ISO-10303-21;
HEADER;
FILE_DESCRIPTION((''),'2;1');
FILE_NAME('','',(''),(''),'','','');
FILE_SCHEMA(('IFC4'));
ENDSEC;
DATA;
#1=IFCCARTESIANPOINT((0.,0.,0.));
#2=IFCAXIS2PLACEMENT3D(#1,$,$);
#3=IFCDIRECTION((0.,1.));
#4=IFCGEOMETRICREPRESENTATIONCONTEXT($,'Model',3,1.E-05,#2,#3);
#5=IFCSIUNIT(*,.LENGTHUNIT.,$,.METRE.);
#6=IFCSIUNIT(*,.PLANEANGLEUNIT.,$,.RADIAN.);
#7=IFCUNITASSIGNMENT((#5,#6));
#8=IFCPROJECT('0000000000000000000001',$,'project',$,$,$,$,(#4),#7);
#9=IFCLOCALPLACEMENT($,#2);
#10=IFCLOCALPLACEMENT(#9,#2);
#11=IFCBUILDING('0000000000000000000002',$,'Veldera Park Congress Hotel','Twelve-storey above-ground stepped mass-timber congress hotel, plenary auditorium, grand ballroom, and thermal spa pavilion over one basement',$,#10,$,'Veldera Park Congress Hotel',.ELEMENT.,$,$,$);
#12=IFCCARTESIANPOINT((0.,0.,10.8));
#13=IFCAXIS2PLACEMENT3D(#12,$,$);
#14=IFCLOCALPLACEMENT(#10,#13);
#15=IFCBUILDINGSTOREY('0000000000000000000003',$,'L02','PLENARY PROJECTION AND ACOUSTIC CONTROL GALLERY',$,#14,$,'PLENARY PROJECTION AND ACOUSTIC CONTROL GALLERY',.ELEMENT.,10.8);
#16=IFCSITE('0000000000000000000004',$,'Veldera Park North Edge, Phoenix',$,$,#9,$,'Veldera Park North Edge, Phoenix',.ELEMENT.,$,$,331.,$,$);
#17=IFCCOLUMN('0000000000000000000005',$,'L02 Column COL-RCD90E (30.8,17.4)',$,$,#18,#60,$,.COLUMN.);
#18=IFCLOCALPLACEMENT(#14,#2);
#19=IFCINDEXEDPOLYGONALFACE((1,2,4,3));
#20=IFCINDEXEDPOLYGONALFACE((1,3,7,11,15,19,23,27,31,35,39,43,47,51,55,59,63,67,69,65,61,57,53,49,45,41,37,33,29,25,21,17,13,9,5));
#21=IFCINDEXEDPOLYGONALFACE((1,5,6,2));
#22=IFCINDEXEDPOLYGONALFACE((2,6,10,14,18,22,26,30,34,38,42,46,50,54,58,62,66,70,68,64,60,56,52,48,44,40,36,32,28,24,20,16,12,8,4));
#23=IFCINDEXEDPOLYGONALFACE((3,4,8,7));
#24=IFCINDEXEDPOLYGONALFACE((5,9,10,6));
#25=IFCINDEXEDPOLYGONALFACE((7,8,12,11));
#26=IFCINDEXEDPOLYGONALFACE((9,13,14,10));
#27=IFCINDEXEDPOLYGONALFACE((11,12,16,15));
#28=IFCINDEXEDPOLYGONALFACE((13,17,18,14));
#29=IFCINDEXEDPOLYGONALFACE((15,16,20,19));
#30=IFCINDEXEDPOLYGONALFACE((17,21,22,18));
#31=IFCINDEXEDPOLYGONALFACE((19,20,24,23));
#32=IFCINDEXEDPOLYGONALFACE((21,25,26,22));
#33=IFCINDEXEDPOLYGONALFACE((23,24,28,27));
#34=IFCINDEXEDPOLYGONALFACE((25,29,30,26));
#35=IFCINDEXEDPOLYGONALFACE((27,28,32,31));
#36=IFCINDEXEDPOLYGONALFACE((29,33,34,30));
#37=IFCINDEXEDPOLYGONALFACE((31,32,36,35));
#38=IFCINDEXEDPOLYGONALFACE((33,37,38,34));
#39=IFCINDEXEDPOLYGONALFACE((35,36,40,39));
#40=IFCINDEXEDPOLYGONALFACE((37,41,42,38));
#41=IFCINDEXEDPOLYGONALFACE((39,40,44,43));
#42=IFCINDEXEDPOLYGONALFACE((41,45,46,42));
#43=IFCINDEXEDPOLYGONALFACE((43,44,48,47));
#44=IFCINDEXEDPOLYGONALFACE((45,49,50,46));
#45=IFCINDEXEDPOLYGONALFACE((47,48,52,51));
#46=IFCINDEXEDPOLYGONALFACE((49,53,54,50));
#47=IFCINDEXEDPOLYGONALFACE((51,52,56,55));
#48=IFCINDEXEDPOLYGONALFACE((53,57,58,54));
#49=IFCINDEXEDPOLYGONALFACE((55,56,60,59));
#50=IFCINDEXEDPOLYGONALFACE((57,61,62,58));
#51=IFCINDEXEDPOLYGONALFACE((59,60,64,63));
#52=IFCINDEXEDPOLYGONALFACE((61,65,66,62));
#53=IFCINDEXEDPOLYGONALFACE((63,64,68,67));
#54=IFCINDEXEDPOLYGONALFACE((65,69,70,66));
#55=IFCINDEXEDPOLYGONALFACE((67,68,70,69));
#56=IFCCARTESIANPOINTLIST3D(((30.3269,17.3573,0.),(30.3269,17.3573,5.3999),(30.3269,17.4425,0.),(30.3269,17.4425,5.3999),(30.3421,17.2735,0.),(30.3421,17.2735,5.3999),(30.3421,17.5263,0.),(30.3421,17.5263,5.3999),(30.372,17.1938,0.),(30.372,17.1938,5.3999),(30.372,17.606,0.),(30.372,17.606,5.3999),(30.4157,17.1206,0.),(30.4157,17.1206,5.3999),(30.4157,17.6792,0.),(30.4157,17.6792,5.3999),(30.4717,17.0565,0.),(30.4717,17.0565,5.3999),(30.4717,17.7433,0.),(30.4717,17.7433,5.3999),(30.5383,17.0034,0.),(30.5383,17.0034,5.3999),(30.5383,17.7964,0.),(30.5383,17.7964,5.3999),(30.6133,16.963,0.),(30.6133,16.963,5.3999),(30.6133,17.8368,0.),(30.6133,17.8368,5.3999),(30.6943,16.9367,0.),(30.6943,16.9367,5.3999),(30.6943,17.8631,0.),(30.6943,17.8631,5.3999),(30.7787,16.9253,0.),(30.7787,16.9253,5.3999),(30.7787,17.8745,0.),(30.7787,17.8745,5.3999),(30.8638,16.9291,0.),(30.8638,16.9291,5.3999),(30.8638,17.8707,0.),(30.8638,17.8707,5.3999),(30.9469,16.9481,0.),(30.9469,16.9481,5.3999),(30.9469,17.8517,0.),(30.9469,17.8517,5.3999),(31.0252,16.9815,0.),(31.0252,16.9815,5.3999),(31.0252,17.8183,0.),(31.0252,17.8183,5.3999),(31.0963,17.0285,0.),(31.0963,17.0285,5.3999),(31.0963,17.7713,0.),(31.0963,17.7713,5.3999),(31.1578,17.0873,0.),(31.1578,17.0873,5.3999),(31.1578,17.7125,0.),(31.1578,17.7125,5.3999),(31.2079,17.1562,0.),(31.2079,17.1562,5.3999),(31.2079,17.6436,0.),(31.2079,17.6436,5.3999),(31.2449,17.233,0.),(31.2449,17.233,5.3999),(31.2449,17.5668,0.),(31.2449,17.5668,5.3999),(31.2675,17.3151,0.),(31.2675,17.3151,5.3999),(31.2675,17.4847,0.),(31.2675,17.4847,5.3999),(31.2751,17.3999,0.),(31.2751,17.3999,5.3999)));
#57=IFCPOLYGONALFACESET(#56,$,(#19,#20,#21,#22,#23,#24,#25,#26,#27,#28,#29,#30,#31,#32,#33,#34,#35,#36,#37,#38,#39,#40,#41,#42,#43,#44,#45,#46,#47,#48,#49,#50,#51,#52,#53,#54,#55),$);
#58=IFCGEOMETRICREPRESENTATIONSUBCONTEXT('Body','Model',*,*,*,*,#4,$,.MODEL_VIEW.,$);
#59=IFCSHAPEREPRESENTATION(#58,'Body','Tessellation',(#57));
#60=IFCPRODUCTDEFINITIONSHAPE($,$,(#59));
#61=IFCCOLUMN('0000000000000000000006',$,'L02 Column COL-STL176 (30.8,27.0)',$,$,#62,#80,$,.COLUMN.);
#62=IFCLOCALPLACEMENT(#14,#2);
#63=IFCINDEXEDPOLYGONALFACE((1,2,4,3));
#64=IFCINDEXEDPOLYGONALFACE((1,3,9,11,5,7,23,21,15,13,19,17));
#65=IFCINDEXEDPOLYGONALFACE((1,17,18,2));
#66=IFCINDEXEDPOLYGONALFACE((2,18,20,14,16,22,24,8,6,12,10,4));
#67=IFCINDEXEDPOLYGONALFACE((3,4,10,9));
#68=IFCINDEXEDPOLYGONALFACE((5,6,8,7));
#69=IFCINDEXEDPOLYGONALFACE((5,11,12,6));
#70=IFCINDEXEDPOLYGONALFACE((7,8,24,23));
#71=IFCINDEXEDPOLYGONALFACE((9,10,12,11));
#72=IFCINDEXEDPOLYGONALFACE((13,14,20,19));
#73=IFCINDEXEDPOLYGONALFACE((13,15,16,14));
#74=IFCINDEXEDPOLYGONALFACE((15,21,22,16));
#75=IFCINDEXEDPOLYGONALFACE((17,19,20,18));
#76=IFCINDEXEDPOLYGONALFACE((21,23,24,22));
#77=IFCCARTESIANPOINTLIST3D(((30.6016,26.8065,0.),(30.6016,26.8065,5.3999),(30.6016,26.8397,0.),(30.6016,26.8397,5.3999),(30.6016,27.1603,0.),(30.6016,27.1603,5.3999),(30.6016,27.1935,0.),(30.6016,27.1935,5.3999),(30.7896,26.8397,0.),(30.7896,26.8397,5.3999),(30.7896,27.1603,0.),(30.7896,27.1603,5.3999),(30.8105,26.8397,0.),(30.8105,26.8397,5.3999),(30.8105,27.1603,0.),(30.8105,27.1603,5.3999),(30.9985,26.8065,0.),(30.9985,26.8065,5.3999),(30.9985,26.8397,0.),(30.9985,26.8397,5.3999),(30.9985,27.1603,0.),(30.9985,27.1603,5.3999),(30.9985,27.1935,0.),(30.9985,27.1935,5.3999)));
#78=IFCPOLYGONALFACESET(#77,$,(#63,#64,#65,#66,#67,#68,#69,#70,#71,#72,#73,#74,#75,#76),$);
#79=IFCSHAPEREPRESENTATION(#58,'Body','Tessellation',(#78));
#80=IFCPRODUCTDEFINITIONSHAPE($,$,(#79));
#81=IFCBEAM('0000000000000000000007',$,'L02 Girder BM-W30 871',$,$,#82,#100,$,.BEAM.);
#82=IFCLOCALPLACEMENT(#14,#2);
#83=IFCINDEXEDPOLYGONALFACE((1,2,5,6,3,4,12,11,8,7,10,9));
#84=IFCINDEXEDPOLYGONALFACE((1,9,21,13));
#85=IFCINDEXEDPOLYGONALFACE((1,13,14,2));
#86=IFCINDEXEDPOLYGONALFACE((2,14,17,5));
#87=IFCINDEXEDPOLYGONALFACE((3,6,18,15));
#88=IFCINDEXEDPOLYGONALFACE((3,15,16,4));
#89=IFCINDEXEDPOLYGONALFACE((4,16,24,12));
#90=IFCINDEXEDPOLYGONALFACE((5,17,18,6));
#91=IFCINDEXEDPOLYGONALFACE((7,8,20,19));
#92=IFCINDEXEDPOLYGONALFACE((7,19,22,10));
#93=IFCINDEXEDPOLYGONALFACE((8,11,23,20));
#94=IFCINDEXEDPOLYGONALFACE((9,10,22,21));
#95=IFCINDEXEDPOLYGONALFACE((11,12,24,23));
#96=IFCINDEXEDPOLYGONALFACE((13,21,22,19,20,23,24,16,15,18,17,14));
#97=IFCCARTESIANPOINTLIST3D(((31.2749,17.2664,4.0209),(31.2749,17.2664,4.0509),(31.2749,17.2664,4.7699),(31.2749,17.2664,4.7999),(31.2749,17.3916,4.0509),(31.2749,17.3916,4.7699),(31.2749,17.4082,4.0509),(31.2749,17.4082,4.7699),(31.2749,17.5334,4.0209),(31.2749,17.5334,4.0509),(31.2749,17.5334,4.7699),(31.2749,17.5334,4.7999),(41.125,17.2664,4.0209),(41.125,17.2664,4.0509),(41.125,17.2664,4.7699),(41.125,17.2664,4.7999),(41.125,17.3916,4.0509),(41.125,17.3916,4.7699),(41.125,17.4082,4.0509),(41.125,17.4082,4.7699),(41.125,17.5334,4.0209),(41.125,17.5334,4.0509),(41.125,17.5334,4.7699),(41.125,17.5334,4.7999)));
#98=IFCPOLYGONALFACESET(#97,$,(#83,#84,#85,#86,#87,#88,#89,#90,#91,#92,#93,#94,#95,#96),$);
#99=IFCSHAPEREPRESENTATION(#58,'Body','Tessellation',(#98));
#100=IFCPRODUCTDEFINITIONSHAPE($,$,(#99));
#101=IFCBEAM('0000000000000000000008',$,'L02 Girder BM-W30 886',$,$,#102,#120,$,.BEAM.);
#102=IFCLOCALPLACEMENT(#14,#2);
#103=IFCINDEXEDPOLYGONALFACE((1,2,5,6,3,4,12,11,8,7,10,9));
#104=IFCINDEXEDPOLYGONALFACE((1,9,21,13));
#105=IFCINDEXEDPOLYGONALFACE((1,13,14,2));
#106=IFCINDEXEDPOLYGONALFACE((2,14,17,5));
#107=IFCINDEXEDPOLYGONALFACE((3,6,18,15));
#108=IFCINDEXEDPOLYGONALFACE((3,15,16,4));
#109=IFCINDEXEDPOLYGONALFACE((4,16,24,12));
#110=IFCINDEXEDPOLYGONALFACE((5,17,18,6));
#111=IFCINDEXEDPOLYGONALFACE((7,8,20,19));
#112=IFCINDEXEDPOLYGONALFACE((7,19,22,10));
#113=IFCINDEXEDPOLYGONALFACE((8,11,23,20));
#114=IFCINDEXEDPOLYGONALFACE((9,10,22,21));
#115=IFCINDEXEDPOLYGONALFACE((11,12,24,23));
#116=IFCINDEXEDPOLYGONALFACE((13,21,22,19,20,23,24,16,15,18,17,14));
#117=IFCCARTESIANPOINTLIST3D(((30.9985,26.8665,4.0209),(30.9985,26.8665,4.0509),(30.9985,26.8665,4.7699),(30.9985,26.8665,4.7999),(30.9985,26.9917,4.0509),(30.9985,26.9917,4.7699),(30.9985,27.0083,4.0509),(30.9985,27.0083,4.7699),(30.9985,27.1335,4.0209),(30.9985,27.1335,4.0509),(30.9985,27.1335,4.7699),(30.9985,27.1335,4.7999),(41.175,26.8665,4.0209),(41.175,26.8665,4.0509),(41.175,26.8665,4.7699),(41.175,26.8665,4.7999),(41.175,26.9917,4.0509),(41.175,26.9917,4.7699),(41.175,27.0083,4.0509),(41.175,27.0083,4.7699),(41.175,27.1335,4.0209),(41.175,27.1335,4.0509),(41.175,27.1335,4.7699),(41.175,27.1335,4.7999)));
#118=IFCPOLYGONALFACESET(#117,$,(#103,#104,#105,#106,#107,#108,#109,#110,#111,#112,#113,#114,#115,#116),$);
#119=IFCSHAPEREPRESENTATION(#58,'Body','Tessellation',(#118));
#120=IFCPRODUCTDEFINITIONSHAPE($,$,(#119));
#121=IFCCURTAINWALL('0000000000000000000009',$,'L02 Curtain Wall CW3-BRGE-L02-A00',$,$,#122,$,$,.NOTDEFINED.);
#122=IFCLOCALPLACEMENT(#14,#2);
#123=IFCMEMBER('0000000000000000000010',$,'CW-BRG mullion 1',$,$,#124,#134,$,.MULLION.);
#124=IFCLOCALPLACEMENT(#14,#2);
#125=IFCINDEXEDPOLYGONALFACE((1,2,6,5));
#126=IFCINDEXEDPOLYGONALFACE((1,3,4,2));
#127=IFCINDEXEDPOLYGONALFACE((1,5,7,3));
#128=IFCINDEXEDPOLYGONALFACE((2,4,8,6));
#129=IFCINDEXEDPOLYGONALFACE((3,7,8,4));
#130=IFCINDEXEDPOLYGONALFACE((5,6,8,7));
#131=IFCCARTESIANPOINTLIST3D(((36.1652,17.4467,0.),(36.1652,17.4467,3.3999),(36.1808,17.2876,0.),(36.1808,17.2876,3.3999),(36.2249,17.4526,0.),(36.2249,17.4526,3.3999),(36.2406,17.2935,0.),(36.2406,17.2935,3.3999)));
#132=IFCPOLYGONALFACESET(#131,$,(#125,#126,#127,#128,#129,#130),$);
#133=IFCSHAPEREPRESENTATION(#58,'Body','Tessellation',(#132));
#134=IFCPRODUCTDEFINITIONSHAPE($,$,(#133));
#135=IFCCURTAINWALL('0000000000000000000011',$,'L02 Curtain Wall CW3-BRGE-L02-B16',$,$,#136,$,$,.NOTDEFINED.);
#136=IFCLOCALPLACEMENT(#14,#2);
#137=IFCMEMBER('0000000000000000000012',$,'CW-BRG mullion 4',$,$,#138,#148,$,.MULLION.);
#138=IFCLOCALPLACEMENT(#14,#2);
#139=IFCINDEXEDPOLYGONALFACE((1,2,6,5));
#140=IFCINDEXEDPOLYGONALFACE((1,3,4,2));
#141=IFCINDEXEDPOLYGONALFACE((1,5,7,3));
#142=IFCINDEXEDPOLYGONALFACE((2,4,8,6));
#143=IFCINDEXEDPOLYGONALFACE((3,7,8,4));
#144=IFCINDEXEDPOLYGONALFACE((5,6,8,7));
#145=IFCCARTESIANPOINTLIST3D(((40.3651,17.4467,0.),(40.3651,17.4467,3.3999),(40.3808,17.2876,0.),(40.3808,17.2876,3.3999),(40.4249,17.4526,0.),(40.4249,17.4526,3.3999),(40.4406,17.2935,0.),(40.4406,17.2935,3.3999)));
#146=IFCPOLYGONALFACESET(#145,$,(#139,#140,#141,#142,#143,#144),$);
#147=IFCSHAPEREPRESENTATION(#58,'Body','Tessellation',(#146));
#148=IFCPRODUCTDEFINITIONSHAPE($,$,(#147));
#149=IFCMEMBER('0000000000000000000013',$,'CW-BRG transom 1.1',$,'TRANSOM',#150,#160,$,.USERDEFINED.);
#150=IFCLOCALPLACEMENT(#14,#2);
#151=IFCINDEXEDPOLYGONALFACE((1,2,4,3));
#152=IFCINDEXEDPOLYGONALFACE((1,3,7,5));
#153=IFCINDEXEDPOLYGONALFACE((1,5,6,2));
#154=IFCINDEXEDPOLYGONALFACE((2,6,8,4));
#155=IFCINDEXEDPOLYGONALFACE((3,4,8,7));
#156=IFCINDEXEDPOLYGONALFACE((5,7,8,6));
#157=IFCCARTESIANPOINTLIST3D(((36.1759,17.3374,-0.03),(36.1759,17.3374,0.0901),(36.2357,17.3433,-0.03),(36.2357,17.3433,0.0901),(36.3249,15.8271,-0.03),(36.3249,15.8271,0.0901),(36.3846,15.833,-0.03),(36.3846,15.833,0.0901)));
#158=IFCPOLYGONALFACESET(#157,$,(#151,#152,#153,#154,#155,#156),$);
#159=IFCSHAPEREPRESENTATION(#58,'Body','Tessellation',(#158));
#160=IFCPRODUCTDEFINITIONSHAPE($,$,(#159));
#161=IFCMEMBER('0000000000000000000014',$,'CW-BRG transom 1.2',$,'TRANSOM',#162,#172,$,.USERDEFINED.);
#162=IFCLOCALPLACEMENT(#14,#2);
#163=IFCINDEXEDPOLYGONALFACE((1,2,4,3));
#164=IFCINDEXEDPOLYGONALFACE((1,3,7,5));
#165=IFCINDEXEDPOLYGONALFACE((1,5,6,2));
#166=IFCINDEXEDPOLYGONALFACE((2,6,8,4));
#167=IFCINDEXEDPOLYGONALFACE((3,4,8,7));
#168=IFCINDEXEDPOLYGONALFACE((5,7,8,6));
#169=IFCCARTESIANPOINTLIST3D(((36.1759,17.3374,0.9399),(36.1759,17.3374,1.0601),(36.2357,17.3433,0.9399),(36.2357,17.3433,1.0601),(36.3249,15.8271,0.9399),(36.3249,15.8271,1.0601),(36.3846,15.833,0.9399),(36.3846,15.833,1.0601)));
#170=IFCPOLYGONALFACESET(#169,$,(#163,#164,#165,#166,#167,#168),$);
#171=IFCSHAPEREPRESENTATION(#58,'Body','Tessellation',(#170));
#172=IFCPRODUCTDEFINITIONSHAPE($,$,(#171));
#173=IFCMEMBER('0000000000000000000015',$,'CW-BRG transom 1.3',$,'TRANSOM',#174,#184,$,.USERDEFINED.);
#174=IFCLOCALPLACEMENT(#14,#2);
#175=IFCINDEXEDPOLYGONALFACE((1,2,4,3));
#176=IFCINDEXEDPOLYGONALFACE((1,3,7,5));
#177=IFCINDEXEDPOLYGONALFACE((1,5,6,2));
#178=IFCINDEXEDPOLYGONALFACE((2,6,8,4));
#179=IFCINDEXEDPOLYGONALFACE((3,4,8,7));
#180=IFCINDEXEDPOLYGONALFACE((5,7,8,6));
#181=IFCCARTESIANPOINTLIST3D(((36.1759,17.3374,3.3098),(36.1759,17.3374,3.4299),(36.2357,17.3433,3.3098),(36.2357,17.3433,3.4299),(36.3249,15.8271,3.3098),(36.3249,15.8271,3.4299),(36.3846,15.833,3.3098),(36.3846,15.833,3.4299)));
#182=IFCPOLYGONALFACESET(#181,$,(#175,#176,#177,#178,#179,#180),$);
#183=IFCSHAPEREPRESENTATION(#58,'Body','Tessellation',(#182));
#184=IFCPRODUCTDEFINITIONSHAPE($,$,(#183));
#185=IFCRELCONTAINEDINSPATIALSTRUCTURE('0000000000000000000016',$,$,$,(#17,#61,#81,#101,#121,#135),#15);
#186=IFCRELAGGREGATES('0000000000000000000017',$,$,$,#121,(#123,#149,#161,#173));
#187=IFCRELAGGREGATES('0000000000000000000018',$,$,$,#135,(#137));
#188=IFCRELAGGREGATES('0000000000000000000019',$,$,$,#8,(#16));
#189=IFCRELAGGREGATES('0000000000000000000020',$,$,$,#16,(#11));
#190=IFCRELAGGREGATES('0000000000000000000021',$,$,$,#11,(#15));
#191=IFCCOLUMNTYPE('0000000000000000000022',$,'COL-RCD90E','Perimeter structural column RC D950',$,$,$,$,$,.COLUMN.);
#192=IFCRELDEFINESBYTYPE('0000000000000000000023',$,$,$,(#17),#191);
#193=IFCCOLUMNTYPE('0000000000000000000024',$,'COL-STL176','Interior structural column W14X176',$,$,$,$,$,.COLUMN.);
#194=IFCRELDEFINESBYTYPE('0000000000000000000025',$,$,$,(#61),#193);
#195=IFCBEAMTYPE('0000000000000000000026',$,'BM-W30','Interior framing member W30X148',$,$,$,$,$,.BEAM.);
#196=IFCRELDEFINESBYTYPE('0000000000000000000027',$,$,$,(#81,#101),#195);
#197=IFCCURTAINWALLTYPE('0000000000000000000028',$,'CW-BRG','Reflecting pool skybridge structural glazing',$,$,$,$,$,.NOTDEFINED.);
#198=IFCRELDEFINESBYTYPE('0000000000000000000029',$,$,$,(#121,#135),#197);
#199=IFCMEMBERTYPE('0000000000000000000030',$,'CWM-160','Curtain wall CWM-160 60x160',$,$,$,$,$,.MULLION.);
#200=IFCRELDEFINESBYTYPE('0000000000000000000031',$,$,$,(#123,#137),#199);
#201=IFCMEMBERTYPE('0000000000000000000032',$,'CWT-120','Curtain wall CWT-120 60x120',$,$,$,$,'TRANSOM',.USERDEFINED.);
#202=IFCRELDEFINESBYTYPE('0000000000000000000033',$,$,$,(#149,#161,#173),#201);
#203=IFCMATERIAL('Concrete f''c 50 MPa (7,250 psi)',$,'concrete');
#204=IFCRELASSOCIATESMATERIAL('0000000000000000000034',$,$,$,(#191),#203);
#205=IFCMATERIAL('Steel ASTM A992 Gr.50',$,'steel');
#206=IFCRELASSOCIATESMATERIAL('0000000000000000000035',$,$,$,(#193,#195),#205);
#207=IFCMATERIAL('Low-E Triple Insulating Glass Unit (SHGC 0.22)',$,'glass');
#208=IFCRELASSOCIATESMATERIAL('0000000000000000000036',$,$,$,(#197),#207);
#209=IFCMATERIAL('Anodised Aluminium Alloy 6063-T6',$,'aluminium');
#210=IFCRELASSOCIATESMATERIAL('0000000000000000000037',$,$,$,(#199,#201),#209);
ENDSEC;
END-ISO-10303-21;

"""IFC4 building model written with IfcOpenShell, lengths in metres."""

from ifc_helpers import new_model, si_unit, direction, frame, origin, origin_2d, place, context, subcontext, project, spatial, rectangle, circle, i_section, extrude, material, material_profile, profile_set, type_object, element, aggregate, save


model = new_model("IFC4")

# Units and contexts
model_context = context("Model", 3, precision=1e-05, world=origin(), true_north=direction((0.0, 1.0)))
body_context = subcontext(model_context, "Body", "Model", "MODEL_VIEW")
ifc_project = project(units=[si_unit("LENGTHUNIT", "METRE"), si_unit("PLANEANGLEUNIT", "RADIAN")], contexts=[model_context])

# Site, building, storey
site_placement = place(None, origin())
site = spatial("IfcSite", under=ifc_project, at=site_placement, Name="Veldera Park North Edge, Phoenix", LongName="Veldera Park North Edge, Phoenix", CompositionType="ELEMENT", RefElevation=331.0)
building_placement = place(site_placement, origin())
building = spatial("IfcBuilding", under=site, at=building_placement, Name="Veldera Park Congress Hotel", Description="Twelve-storey above-ground stepped mass-timber congress hotel, plenary auditorium, grand ballroom, and thermal spa pavilion over one basement", LongName="Veldera Park Congress Hotel", CompositionType="ELEMENT")
storey_placement = place(building_placement, frame((0.0, 0.0, 10.8)))
storey = spatial("IfcBuildingStorey", under=building, at=storey_placement, Name="L02", Description="PLENARY PROJECTION AND ACOUSTIC CONTROL GALLERY", LongName="PLENARY PROJECTION AND ACOUSTIC CONTROL GALLERY", CompositionType="ELEMENT", Elevation=10.8)

# Columns
ifc_material_1 = material(Name="Concrete f'c 50 MPa (7,250 psi)", Category="concrete")
ifc_material_profile_1 = material_profile(ifc_material_1, circle(Radius=0.4751, at=origin_2d()), Name="RC D950")
ifc_profile_set_1 = profile_set([ifc_material_profile_1], Name="Concrete f'c 50 MPa (7,250 psi)")
column_type_1 = type_object("IfcColumnType", Name="COL-RCD90E", Description="Perimeter structural column RC D950", PredefinedType="COLUMN", material=ifc_profile_set_1)
column_1_placement = place(storey_placement, frame((30.8, 17.3999, 0.0), z_axis=(0.0, 0.0, 1.0), x_axis=(1.0, 0.0, 0.0)))
element("IfcColumn", 1, at=column_1_placement, inside=storey, type_object=column_type_1, Name="L02 Column COL-RCD90E (30.8,17.4)", PredefinedType="COLUMN", context=body_context, shape_type="SweptSolid", body=[
    extrude(circle(Radius=0.4751, at=origin_2d()), origin(), (0.0, 0.0, 1.0), 5.3999),
])
ifc_material_2 = material(Name="Steel ASTM A992 Gr.50", Category="steel")
ifc_material_profile_2 = material_profile(ifc_material_2, i_section(OverallWidth=0.397, OverallDepth=0.387, WebThickness=0.021, FlangeThickness=0.0332, at=origin_2d()), Name="W14X176")
ifc_profile_set_2 = profile_set([ifc_material_profile_2], Name="Steel ASTM A992 Gr.50")
column_type_2 = type_object("IfcColumnType", Name="COL-STL176", Description="Interior structural column W14X176", PredefinedType="COLUMN", material=ifc_profile_set_2)
column_2_placement = place(storey_placement, frame((30.8, 27.0, 0.0), z_axis=(0.0, 0.0, 1.0), x_axis=(1.0, 0.0, 0.0)))
element("IfcColumn", 2, at=column_2_placement, inside=storey, type_object=column_type_2, Name="L02 Column COL-STL176 (30.8,27.0)", PredefinedType="COLUMN", context=body_context, shape_type="SweptSolid", body=[
    extrude(i_section(OverallWidth=0.397, OverallDepth=0.387, WebThickness=0.021, FlangeThickness=0.0332, at=origin_2d()), origin(), (0.0, 0.0, 1.0), 5.3999),
])

# Beams
ifc_material_profile_3 = material_profile(ifc_material_2, i_section(OverallWidth=0.2671, OverallDepth=0.7791, WebThickness=0.0166, FlangeThickness=0.03, at=origin_2d()), Name="W30X148")
ifc_profile_set_3 = profile_set([ifc_material_profile_3], Name="Steel ASTM A992 Gr.50")
beam_type = type_object("IfcBeamType", Name="BM-W30", Description="Interior framing member W30X148", PredefinedType="BEAM", material=ifc_profile_set_3)
beam_1_placement = place(storey_placement, frame((31.2749, 17.3999, 4.4104), z_axis=(1.0, 0.0, 0.0), x_axis=(0.0, 1.0, 0.0)))
element("IfcBeam", 3, at=beam_1_placement, inside=storey, type_object=beam_type, Name="L02 Girder BM-W30 871", PredefinedType="BEAM", context=body_context, shape_type="SweptSolid", body=[
    extrude(i_section(OverallWidth=0.2671, OverallDepth=0.7791, WebThickness=0.0166, FlangeThickness=0.03, at=origin_2d()), origin(), (0.0, 0.0, 1.0), 9.8501),
])
beam_2_placement = place(storey_placement, frame((30.9985, 27.0, 4.4104), z_axis=(1.0, 0.0, 0.0), x_axis=(0.0, 1.0, 0.0)))
element("IfcBeam", 4, at=beam_2_placement, inside=storey, type_object=beam_type, Name="L02 Girder BM-W30 886", PredefinedType="BEAM", context=body_context, shape_type="SweptSolid", body=[
    extrude(i_section(OverallWidth=0.2671, OverallDepth=0.7791, WebThickness=0.0166, FlangeThickness=0.03, at=origin_2d()), origin(), (0.0, 0.0, 1.0), 10.1765),
])

# Curtain walls, members
ifc_material_3 = material(Name="Low-E Triple Insulating Glass Unit (SHGC 0.22)", Category="glass")
curtain_wall_type = type_object("IfcCurtainWallType", Name="CW-BRG", Description="Reflecting pool skybridge structural glazing", PredefinedType="NOTDEFINED", material=ifc_material_3)
curtain_wall_1_placement = place(storey_placement, origin())
curtain_wall_1 = element("IfcCurtainWall", 5, at=curtain_wall_1_placement, inside=storey, type_object=curtain_wall_type, Name="L02 Curtain Wall CW3-BRGE-L02-A00", PredefinedType="NOTDEFINED")
ifc_material_4 = material(Name="Anodised Aluminium Alloy 6063-T6", Category="aluminium")
ifc_material_profile_4 = material_profile(ifc_material_4, rectangle(XDim=0.0601, YDim=0.1599, at=origin_2d()), Name="ALU 60x160")
ifc_profile_set_4 = profile_set([ifc_material_profile_4], Name="Anodised Aluminium Alloy 6063-T6")
member_type_1 = type_object("IfcMemberType", Name="CWM-160", Description="Curtain wall CWM-160 60x160", PredefinedType="MULLION", material=ifc_profile_set_4)
member_1_placement = place(storey_placement, frame((36.2029, 17.3701, 0.0), z_axis=(0.0, 0.0, 1.0), x_axis=(0.995184, 0.098021, 0.0)))
member_1 = element("IfcMember", 6, at=member_1_placement, type_object=member_type_1, Name="CW-BRG mullion 1", PredefinedType="MULLION", context=body_context, shape_type="SweptSolid", body=[
    extrude(rectangle(XDim=0.0601, YDim=0.1599, at=origin_2d()), origin(), (0.0, 0.0, 1.0), 3.3999),
])
curtain_wall_2_placement = place(storey_placement, origin())
curtain_wall_2 = element("IfcCurtainWall", 7, at=curtain_wall_2_placement, inside=storey, type_object=curtain_wall_type, Name="L02 Curtain Wall CW3-BRGE-L02-B16", PredefinedType="NOTDEFINED")
member_2_placement = place(storey_placement, frame((40.4028, 17.3701, 0.0), z_axis=(0.0, 0.0, 1.0), x_axis=(-0.995184, -0.098023, 0.0)))
member_2 = element("IfcMember", 8, at=member_2_placement, type_object=member_type_1, Name="CW-BRG mullion 4", PredefinedType="MULLION", context=body_context, shape_type="SweptSolid", body=[
    extrude(rectangle(XDim=0.0601, YDim=0.1599, at=origin_2d()), origin(), (0.0, 0.0, 1.0), 3.3999),
])

# Members
ifc_material_profile_5 = material_profile(ifc_material_4, rectangle(XDim=0.0601, YDim=0.1201, at=origin_2d()), Name="ALU 60x120")
ifc_profile_set_5 = profile_set([ifc_material_profile_5], Name="Anodised Aluminium Alloy 6063-T6")
member_type_2 = type_object("IfcMemberType", Name="CWT-120", Description="Curtain wall CWT-120 60x120", ElementType="TRANSOM", PredefinedType="USERDEFINED", material=ifc_profile_set_5)
member_3_placement = place(storey_placement, frame((36.2058, 17.3403, 0.03), z_axis=(0.098134, -0.995173, 0.0), x_axis=(0.995173, 0.098134, 0.0)))
member_3 = element("IfcMember", 9, at=member_3_placement, type_object=member_type_2, Name="CW-BRG transom 1.1", ObjectType="TRANSOM", PredefinedType="USERDEFINED", context=body_context, shape_type="SweptSolid", body=[
    extrude(rectangle(XDim=0.0601, YDim=0.1201, at=origin_2d()), origin(), (0.0, 0.0, 1.0), 1.5176),
])
member_4_placement = place(storey_placement, frame((36.2058, 17.3403, 1.0), z_axis=(0.098134, -0.995173, 0.0), x_axis=(0.995173, 0.098134, 0.0)))
member_4 = element("IfcMember", 10, at=member_4_placement, type_object=member_type_2, Name="CW-BRG transom 1.2", ObjectType="TRANSOM", PredefinedType="USERDEFINED", context=body_context, shape_type="SweptSolid", body=[
    extrude(rectangle(XDim=0.0601, YDim=0.1201, at=origin_2d()), origin(), (0.0, 0.0, 1.0), 1.5176),
])
member_5_placement = place(storey_placement, frame((36.2058, 17.3403, 3.3699), z_axis=(0.098134, -0.995173, 0.0), x_axis=(0.995173, 0.098134, 0.0)))
member_5 = element("IfcMember", 11, at=member_5_placement, type_object=member_type_2, Name="CW-BRG transom 1.3", ObjectType="TRANSOM", PredefinedType="USERDEFINED", context=body_context, shape_type="SweptSolid", body=[
    extrude(rectangle(XDim=0.0601, YDim=0.1201, at=origin_2d()), origin(), (0.0, 0.0, 1.0), 1.5176),
])
aggregate(curtain_wall_1, [member_1, member_3, member_4, member_5])

aggregate(curtain_wall_2, [member_2])

save(model, "model.ifc")
